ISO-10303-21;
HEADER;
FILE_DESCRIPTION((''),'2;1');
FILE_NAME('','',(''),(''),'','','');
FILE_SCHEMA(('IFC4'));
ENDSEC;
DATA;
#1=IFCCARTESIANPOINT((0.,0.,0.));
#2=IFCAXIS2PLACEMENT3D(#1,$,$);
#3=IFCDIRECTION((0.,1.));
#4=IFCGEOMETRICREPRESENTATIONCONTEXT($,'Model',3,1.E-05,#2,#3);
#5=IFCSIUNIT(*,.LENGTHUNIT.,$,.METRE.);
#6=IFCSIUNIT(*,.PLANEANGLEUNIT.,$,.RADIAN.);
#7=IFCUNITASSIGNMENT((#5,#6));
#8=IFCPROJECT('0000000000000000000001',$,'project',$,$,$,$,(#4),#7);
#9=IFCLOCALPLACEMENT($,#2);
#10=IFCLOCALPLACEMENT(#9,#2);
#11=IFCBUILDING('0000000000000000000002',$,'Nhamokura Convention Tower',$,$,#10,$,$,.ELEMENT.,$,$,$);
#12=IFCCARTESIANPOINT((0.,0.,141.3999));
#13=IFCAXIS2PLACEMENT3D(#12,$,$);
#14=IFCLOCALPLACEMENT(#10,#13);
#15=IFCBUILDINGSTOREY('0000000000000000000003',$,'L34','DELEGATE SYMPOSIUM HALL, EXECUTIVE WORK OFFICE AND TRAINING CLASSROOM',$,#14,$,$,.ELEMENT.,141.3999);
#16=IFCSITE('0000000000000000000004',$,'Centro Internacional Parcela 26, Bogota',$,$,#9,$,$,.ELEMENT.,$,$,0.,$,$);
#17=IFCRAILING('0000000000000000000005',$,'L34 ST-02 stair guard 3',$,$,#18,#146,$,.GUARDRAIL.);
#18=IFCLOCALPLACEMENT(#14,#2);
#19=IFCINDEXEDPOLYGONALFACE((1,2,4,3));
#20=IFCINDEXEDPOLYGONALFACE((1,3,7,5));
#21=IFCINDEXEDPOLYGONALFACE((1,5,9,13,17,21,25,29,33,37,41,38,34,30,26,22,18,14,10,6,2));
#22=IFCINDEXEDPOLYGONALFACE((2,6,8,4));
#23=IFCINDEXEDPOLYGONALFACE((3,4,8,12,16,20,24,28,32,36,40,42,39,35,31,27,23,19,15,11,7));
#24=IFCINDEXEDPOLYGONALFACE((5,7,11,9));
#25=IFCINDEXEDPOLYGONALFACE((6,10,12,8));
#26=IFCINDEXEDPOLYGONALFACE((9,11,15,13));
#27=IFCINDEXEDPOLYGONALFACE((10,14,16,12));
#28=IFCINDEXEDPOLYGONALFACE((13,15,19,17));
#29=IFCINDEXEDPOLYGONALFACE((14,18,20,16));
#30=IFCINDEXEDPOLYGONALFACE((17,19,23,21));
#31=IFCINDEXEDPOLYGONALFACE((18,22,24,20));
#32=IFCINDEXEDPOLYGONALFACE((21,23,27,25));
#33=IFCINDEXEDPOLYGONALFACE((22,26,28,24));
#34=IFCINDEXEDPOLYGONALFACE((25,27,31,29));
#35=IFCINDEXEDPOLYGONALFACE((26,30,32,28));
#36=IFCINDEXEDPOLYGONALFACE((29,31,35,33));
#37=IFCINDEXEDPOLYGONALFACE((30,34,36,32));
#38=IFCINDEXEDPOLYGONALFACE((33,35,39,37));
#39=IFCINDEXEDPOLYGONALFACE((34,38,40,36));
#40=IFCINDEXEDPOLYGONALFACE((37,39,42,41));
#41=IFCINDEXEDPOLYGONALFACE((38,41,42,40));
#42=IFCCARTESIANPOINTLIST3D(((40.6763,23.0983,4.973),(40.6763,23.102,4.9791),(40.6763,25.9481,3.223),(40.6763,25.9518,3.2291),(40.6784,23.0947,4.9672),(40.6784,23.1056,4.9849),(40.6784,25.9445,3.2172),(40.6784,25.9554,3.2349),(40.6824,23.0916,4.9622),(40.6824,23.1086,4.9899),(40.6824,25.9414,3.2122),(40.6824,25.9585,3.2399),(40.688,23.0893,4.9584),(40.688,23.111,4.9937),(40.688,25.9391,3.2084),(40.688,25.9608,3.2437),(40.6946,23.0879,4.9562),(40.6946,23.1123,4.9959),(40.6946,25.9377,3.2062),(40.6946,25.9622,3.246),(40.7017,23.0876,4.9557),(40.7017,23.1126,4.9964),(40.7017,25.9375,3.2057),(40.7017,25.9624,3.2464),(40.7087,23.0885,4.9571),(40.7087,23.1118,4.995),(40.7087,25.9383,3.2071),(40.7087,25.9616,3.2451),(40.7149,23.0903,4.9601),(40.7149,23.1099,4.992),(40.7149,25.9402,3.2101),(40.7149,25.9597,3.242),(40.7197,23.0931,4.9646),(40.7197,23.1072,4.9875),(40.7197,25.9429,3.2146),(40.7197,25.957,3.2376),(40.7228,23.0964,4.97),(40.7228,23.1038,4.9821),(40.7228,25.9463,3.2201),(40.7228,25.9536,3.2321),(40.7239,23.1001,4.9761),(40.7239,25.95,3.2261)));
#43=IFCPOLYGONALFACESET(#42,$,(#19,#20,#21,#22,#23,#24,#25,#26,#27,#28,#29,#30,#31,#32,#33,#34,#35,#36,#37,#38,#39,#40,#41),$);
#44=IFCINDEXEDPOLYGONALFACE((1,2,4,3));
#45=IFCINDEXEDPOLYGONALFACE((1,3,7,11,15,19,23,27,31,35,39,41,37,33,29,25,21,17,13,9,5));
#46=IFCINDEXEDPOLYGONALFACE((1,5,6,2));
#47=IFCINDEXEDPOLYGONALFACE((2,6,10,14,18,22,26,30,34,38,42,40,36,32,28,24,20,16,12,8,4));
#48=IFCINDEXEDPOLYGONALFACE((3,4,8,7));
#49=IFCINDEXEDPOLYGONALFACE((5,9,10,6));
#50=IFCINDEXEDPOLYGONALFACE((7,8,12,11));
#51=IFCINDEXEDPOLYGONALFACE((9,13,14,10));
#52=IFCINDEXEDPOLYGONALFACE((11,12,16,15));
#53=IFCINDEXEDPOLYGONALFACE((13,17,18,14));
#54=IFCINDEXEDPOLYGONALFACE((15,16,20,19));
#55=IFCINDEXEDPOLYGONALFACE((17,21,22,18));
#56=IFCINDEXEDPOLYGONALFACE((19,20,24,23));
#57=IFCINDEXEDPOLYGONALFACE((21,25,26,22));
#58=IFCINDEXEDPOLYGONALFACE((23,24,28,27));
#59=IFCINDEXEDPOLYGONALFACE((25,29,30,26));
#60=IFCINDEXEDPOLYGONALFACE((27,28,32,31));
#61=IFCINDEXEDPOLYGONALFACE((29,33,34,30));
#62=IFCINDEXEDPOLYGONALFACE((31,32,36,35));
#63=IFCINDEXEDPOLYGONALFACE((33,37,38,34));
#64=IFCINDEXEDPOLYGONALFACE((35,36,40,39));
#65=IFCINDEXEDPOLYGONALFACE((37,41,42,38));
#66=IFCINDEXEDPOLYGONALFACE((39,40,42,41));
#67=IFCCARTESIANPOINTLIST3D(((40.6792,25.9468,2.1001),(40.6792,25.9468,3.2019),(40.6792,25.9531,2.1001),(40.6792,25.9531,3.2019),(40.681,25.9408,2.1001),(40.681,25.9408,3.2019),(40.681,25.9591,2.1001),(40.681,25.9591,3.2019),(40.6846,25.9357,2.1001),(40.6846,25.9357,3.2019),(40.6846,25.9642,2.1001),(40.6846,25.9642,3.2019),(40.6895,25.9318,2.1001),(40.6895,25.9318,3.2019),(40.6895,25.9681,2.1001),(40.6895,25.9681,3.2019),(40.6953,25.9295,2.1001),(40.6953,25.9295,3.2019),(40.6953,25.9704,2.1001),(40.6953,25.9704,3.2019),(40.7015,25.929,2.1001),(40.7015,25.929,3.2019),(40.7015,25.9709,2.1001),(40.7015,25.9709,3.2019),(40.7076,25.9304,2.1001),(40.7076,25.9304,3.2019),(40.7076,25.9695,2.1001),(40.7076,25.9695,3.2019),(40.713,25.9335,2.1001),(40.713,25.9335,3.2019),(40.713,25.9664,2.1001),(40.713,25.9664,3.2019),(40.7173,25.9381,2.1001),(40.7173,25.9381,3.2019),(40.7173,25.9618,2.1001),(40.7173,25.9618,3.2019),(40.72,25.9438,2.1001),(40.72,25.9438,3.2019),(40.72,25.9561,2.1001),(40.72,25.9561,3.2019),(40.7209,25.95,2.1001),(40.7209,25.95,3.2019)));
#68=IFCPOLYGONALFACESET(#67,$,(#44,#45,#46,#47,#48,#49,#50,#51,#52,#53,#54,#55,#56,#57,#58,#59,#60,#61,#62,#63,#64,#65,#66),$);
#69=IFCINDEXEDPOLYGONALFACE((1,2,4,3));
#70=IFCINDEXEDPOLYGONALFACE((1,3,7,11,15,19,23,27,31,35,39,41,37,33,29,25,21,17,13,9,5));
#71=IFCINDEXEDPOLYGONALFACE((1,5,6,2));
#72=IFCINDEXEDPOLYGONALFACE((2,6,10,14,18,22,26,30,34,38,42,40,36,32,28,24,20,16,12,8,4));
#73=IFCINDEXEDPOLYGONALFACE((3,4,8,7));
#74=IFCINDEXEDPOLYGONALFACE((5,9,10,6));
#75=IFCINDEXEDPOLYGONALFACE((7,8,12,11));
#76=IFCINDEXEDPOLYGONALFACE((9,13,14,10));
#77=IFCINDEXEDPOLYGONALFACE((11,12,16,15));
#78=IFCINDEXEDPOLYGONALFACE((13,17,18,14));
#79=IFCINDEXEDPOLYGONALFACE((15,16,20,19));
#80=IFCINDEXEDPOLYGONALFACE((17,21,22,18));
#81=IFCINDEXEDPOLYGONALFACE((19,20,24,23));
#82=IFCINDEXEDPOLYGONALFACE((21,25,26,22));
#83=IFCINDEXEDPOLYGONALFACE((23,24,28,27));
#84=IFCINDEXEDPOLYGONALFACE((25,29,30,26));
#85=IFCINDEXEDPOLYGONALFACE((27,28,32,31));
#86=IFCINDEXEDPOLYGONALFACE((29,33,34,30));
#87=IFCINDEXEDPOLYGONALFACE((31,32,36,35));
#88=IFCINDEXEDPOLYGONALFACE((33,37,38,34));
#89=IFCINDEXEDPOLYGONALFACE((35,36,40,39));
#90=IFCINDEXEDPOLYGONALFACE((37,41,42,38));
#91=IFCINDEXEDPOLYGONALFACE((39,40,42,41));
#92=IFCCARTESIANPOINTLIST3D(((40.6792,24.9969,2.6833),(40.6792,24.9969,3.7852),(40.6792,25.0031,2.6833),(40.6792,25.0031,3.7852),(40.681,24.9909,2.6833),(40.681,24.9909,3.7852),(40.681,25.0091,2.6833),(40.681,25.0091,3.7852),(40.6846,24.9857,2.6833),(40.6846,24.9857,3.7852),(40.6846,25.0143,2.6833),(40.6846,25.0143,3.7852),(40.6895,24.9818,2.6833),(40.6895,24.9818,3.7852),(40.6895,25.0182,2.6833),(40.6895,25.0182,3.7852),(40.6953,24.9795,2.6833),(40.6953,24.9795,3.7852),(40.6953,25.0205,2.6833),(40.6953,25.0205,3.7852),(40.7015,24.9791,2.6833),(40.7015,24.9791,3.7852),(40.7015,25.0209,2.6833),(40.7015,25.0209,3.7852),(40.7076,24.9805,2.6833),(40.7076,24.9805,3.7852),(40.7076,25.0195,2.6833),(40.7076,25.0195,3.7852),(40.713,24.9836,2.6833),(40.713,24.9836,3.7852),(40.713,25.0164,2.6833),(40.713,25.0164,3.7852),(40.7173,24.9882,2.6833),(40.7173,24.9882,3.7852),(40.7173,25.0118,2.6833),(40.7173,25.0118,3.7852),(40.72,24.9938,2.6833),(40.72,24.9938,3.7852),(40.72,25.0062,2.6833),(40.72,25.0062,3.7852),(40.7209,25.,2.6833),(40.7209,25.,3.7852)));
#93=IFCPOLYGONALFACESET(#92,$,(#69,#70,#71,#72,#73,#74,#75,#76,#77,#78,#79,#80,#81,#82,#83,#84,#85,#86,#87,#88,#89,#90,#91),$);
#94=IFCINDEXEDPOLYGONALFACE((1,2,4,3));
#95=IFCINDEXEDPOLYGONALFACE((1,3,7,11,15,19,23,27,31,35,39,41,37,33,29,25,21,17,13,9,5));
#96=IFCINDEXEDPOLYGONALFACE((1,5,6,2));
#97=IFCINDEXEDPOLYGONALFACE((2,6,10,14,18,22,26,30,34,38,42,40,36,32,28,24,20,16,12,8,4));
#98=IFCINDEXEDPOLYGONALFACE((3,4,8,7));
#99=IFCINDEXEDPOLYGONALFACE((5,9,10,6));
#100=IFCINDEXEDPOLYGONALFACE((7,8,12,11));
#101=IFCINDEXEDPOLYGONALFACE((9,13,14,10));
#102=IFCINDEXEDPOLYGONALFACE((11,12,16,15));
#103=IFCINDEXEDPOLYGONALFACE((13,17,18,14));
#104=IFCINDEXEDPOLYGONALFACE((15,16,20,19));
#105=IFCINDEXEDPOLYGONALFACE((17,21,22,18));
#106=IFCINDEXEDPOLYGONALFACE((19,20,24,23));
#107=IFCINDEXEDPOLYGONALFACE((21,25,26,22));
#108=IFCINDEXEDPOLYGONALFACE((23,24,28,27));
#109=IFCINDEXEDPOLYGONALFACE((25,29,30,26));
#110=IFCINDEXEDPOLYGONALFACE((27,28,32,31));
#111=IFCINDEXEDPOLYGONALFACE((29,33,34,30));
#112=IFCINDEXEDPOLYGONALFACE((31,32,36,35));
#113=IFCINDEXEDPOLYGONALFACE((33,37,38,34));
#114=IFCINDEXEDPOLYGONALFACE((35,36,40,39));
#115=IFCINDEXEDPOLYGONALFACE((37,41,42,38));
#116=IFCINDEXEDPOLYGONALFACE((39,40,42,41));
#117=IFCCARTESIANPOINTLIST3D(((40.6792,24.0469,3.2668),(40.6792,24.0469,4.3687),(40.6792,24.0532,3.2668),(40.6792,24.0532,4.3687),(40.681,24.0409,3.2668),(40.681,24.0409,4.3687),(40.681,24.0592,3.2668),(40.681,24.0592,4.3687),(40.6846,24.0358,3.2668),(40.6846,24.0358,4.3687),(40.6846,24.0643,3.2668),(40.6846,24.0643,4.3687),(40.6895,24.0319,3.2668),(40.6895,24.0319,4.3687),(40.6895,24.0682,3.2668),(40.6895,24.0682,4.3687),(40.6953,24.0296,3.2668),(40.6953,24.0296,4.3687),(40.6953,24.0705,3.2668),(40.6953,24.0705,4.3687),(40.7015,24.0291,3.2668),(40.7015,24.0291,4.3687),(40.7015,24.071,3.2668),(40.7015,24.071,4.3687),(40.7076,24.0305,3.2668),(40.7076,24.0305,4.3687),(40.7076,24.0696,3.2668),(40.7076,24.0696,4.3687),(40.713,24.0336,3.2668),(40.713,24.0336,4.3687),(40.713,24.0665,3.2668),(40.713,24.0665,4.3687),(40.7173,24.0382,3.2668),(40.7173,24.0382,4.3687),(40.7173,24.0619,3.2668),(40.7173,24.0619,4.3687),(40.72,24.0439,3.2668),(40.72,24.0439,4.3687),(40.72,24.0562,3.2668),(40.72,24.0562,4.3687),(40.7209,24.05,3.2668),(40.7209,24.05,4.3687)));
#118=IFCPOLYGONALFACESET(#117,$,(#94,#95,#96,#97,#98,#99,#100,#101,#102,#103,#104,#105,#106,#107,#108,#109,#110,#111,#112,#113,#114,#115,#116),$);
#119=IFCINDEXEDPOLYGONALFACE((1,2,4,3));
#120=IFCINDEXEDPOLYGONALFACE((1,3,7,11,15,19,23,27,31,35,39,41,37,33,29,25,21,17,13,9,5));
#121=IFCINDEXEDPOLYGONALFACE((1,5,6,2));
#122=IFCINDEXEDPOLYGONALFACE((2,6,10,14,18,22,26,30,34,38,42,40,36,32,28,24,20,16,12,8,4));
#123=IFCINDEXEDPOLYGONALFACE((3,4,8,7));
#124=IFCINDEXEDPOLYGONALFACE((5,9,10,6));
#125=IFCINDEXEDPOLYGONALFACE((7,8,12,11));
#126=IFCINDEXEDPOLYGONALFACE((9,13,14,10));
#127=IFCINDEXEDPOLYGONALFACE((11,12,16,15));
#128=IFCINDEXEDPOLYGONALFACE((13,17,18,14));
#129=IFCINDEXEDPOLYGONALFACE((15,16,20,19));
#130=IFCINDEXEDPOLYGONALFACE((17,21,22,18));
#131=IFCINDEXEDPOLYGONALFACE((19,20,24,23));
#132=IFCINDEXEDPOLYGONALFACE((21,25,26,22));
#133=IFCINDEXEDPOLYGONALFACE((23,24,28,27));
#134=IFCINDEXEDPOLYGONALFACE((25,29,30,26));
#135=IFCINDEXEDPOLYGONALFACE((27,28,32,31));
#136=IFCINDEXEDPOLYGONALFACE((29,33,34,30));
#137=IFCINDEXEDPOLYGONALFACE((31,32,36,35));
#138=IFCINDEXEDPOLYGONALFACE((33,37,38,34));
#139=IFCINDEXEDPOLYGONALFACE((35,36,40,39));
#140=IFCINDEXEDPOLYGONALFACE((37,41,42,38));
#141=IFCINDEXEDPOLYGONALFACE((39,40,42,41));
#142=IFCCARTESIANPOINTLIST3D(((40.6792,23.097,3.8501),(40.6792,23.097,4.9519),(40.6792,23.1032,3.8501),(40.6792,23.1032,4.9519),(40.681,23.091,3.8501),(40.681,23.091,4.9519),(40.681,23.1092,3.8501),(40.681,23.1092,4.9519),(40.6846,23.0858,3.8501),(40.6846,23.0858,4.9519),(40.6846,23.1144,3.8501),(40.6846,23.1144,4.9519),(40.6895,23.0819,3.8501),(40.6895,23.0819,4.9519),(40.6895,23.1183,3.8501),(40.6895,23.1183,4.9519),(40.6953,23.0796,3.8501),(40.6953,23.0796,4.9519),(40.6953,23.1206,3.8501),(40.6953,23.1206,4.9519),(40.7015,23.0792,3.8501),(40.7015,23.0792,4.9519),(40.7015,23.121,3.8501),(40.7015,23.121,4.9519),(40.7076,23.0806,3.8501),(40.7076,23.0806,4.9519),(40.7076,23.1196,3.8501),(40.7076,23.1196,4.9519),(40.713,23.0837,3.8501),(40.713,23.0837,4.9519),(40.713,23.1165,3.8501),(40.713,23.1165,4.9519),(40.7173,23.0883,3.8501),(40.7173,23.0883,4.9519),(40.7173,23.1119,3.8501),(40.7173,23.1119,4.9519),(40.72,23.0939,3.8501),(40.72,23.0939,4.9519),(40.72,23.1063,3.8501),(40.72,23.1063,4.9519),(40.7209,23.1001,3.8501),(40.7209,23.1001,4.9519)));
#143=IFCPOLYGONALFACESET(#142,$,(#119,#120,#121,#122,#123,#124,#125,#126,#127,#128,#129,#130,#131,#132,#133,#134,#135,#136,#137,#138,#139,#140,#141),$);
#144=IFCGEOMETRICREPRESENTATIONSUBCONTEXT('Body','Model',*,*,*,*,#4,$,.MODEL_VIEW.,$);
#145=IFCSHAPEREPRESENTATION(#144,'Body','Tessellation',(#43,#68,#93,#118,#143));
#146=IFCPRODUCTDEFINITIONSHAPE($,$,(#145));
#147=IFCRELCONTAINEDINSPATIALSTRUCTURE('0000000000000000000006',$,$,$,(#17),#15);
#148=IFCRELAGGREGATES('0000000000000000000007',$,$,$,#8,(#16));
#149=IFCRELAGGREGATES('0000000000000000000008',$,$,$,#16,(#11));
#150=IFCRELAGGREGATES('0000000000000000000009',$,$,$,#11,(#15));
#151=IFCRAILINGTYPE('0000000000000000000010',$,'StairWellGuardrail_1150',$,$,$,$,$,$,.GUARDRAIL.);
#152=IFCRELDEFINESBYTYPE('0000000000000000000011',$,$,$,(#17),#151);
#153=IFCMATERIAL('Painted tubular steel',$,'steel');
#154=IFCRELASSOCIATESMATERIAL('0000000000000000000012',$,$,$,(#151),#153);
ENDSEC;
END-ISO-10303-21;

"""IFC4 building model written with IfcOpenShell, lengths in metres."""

from ifc_helpers import new_model, si_unit, direction, frame, origin, origin_2d, place, context, subcontext, project, spatial, circle, extrude, material, type_object, element, save


model = new_model("IFC4")

# Units and contexts
model_context = context("Model", 3, precision=1e-05, world=origin(), true_north=direction((0.0, 1.0)))
body_context = subcontext(model_context, "Body", "Model", "MODEL_VIEW")
ifc_project = project(units=[si_unit("LENGTHUNIT", "METRE"), si_unit("PLANEANGLEUNIT", "RADIAN")], contexts=[model_context])

# Site, building, storey
site_placement = place(None, origin())
site = spatial("IfcSite", under=ifc_project, at=site_placement, Name="Centro Internacional Parcela 26, Bogota", CompositionType="ELEMENT", RefElevation=0.0)
building_placement = place(site_placement, origin())
building = spatial("IfcBuilding", under=site, at=building_placement, Name="Nhamokura Convention Tower", CompositionType="ELEMENT")
storey_placement = place(building_placement, frame((0.0, 0.0, 141.3999)))
storey = spatial("IfcBuildingStorey", under=building, at=storey_placement, Name="L34", Description="DELEGATE SYMPOSIUM HALL, EXECUTIVE WORK OFFICE AND TRAINING CLASSROOM", CompositionType="ELEMENT", Elevation=141.3999)

# Railing
ifc_material_1 = material(Name="Painted tubular steel", Category="steel")
railing_type_1 = type_object("IfcRailingType", Name="StairWellGuardrail_1150", PredefinedType="GUARDRAIL", material=ifc_material_1)
railing_1_placement = place(storey_placement, frame((40.7, 25.95, 2.1001)))
element("IfcRailing", 1, at=railing_1_placement, inside=storey, type_object=railing_type_1, Name="L34 ST-02 stair guard 3", PredefinedType="GUARDRAIL", context=body_context, shape_type="SweptSolid", body=[
    extrude(circle(Radius=0.0239, at=origin_2d()), frame((0.0, 0.0, 1.126), z_axis=(0.0, -0.852159, 0.523283), x_axis=(1.0, 0.0, 0.0)), (0.0, 0.0, 1.0), 3.3442),
    extrude(circle(Radius=0.021, at=origin_2d()), origin(), (0.0, 0.0, 1.0), 1.1018),
    extrude(circle(Radius=0.021, at=origin_2d()), frame((0.0, -0.95, 0.5833)), (0.0, 0.0, 1.0), 1.1018),
    extrude(circle(Radius=0.021, at=origin_2d()), frame((0.0, -1.8999, 1.1667)), (0.0, 0.0, 1.0), 1.1018),
    extrude(circle(Radius=0.021, at=origin_2d()), frame((0.0, -2.8499, 1.75)), (0.0, 0.0, 1.0), 1.1018),
])

save(model, "model.ifc")
